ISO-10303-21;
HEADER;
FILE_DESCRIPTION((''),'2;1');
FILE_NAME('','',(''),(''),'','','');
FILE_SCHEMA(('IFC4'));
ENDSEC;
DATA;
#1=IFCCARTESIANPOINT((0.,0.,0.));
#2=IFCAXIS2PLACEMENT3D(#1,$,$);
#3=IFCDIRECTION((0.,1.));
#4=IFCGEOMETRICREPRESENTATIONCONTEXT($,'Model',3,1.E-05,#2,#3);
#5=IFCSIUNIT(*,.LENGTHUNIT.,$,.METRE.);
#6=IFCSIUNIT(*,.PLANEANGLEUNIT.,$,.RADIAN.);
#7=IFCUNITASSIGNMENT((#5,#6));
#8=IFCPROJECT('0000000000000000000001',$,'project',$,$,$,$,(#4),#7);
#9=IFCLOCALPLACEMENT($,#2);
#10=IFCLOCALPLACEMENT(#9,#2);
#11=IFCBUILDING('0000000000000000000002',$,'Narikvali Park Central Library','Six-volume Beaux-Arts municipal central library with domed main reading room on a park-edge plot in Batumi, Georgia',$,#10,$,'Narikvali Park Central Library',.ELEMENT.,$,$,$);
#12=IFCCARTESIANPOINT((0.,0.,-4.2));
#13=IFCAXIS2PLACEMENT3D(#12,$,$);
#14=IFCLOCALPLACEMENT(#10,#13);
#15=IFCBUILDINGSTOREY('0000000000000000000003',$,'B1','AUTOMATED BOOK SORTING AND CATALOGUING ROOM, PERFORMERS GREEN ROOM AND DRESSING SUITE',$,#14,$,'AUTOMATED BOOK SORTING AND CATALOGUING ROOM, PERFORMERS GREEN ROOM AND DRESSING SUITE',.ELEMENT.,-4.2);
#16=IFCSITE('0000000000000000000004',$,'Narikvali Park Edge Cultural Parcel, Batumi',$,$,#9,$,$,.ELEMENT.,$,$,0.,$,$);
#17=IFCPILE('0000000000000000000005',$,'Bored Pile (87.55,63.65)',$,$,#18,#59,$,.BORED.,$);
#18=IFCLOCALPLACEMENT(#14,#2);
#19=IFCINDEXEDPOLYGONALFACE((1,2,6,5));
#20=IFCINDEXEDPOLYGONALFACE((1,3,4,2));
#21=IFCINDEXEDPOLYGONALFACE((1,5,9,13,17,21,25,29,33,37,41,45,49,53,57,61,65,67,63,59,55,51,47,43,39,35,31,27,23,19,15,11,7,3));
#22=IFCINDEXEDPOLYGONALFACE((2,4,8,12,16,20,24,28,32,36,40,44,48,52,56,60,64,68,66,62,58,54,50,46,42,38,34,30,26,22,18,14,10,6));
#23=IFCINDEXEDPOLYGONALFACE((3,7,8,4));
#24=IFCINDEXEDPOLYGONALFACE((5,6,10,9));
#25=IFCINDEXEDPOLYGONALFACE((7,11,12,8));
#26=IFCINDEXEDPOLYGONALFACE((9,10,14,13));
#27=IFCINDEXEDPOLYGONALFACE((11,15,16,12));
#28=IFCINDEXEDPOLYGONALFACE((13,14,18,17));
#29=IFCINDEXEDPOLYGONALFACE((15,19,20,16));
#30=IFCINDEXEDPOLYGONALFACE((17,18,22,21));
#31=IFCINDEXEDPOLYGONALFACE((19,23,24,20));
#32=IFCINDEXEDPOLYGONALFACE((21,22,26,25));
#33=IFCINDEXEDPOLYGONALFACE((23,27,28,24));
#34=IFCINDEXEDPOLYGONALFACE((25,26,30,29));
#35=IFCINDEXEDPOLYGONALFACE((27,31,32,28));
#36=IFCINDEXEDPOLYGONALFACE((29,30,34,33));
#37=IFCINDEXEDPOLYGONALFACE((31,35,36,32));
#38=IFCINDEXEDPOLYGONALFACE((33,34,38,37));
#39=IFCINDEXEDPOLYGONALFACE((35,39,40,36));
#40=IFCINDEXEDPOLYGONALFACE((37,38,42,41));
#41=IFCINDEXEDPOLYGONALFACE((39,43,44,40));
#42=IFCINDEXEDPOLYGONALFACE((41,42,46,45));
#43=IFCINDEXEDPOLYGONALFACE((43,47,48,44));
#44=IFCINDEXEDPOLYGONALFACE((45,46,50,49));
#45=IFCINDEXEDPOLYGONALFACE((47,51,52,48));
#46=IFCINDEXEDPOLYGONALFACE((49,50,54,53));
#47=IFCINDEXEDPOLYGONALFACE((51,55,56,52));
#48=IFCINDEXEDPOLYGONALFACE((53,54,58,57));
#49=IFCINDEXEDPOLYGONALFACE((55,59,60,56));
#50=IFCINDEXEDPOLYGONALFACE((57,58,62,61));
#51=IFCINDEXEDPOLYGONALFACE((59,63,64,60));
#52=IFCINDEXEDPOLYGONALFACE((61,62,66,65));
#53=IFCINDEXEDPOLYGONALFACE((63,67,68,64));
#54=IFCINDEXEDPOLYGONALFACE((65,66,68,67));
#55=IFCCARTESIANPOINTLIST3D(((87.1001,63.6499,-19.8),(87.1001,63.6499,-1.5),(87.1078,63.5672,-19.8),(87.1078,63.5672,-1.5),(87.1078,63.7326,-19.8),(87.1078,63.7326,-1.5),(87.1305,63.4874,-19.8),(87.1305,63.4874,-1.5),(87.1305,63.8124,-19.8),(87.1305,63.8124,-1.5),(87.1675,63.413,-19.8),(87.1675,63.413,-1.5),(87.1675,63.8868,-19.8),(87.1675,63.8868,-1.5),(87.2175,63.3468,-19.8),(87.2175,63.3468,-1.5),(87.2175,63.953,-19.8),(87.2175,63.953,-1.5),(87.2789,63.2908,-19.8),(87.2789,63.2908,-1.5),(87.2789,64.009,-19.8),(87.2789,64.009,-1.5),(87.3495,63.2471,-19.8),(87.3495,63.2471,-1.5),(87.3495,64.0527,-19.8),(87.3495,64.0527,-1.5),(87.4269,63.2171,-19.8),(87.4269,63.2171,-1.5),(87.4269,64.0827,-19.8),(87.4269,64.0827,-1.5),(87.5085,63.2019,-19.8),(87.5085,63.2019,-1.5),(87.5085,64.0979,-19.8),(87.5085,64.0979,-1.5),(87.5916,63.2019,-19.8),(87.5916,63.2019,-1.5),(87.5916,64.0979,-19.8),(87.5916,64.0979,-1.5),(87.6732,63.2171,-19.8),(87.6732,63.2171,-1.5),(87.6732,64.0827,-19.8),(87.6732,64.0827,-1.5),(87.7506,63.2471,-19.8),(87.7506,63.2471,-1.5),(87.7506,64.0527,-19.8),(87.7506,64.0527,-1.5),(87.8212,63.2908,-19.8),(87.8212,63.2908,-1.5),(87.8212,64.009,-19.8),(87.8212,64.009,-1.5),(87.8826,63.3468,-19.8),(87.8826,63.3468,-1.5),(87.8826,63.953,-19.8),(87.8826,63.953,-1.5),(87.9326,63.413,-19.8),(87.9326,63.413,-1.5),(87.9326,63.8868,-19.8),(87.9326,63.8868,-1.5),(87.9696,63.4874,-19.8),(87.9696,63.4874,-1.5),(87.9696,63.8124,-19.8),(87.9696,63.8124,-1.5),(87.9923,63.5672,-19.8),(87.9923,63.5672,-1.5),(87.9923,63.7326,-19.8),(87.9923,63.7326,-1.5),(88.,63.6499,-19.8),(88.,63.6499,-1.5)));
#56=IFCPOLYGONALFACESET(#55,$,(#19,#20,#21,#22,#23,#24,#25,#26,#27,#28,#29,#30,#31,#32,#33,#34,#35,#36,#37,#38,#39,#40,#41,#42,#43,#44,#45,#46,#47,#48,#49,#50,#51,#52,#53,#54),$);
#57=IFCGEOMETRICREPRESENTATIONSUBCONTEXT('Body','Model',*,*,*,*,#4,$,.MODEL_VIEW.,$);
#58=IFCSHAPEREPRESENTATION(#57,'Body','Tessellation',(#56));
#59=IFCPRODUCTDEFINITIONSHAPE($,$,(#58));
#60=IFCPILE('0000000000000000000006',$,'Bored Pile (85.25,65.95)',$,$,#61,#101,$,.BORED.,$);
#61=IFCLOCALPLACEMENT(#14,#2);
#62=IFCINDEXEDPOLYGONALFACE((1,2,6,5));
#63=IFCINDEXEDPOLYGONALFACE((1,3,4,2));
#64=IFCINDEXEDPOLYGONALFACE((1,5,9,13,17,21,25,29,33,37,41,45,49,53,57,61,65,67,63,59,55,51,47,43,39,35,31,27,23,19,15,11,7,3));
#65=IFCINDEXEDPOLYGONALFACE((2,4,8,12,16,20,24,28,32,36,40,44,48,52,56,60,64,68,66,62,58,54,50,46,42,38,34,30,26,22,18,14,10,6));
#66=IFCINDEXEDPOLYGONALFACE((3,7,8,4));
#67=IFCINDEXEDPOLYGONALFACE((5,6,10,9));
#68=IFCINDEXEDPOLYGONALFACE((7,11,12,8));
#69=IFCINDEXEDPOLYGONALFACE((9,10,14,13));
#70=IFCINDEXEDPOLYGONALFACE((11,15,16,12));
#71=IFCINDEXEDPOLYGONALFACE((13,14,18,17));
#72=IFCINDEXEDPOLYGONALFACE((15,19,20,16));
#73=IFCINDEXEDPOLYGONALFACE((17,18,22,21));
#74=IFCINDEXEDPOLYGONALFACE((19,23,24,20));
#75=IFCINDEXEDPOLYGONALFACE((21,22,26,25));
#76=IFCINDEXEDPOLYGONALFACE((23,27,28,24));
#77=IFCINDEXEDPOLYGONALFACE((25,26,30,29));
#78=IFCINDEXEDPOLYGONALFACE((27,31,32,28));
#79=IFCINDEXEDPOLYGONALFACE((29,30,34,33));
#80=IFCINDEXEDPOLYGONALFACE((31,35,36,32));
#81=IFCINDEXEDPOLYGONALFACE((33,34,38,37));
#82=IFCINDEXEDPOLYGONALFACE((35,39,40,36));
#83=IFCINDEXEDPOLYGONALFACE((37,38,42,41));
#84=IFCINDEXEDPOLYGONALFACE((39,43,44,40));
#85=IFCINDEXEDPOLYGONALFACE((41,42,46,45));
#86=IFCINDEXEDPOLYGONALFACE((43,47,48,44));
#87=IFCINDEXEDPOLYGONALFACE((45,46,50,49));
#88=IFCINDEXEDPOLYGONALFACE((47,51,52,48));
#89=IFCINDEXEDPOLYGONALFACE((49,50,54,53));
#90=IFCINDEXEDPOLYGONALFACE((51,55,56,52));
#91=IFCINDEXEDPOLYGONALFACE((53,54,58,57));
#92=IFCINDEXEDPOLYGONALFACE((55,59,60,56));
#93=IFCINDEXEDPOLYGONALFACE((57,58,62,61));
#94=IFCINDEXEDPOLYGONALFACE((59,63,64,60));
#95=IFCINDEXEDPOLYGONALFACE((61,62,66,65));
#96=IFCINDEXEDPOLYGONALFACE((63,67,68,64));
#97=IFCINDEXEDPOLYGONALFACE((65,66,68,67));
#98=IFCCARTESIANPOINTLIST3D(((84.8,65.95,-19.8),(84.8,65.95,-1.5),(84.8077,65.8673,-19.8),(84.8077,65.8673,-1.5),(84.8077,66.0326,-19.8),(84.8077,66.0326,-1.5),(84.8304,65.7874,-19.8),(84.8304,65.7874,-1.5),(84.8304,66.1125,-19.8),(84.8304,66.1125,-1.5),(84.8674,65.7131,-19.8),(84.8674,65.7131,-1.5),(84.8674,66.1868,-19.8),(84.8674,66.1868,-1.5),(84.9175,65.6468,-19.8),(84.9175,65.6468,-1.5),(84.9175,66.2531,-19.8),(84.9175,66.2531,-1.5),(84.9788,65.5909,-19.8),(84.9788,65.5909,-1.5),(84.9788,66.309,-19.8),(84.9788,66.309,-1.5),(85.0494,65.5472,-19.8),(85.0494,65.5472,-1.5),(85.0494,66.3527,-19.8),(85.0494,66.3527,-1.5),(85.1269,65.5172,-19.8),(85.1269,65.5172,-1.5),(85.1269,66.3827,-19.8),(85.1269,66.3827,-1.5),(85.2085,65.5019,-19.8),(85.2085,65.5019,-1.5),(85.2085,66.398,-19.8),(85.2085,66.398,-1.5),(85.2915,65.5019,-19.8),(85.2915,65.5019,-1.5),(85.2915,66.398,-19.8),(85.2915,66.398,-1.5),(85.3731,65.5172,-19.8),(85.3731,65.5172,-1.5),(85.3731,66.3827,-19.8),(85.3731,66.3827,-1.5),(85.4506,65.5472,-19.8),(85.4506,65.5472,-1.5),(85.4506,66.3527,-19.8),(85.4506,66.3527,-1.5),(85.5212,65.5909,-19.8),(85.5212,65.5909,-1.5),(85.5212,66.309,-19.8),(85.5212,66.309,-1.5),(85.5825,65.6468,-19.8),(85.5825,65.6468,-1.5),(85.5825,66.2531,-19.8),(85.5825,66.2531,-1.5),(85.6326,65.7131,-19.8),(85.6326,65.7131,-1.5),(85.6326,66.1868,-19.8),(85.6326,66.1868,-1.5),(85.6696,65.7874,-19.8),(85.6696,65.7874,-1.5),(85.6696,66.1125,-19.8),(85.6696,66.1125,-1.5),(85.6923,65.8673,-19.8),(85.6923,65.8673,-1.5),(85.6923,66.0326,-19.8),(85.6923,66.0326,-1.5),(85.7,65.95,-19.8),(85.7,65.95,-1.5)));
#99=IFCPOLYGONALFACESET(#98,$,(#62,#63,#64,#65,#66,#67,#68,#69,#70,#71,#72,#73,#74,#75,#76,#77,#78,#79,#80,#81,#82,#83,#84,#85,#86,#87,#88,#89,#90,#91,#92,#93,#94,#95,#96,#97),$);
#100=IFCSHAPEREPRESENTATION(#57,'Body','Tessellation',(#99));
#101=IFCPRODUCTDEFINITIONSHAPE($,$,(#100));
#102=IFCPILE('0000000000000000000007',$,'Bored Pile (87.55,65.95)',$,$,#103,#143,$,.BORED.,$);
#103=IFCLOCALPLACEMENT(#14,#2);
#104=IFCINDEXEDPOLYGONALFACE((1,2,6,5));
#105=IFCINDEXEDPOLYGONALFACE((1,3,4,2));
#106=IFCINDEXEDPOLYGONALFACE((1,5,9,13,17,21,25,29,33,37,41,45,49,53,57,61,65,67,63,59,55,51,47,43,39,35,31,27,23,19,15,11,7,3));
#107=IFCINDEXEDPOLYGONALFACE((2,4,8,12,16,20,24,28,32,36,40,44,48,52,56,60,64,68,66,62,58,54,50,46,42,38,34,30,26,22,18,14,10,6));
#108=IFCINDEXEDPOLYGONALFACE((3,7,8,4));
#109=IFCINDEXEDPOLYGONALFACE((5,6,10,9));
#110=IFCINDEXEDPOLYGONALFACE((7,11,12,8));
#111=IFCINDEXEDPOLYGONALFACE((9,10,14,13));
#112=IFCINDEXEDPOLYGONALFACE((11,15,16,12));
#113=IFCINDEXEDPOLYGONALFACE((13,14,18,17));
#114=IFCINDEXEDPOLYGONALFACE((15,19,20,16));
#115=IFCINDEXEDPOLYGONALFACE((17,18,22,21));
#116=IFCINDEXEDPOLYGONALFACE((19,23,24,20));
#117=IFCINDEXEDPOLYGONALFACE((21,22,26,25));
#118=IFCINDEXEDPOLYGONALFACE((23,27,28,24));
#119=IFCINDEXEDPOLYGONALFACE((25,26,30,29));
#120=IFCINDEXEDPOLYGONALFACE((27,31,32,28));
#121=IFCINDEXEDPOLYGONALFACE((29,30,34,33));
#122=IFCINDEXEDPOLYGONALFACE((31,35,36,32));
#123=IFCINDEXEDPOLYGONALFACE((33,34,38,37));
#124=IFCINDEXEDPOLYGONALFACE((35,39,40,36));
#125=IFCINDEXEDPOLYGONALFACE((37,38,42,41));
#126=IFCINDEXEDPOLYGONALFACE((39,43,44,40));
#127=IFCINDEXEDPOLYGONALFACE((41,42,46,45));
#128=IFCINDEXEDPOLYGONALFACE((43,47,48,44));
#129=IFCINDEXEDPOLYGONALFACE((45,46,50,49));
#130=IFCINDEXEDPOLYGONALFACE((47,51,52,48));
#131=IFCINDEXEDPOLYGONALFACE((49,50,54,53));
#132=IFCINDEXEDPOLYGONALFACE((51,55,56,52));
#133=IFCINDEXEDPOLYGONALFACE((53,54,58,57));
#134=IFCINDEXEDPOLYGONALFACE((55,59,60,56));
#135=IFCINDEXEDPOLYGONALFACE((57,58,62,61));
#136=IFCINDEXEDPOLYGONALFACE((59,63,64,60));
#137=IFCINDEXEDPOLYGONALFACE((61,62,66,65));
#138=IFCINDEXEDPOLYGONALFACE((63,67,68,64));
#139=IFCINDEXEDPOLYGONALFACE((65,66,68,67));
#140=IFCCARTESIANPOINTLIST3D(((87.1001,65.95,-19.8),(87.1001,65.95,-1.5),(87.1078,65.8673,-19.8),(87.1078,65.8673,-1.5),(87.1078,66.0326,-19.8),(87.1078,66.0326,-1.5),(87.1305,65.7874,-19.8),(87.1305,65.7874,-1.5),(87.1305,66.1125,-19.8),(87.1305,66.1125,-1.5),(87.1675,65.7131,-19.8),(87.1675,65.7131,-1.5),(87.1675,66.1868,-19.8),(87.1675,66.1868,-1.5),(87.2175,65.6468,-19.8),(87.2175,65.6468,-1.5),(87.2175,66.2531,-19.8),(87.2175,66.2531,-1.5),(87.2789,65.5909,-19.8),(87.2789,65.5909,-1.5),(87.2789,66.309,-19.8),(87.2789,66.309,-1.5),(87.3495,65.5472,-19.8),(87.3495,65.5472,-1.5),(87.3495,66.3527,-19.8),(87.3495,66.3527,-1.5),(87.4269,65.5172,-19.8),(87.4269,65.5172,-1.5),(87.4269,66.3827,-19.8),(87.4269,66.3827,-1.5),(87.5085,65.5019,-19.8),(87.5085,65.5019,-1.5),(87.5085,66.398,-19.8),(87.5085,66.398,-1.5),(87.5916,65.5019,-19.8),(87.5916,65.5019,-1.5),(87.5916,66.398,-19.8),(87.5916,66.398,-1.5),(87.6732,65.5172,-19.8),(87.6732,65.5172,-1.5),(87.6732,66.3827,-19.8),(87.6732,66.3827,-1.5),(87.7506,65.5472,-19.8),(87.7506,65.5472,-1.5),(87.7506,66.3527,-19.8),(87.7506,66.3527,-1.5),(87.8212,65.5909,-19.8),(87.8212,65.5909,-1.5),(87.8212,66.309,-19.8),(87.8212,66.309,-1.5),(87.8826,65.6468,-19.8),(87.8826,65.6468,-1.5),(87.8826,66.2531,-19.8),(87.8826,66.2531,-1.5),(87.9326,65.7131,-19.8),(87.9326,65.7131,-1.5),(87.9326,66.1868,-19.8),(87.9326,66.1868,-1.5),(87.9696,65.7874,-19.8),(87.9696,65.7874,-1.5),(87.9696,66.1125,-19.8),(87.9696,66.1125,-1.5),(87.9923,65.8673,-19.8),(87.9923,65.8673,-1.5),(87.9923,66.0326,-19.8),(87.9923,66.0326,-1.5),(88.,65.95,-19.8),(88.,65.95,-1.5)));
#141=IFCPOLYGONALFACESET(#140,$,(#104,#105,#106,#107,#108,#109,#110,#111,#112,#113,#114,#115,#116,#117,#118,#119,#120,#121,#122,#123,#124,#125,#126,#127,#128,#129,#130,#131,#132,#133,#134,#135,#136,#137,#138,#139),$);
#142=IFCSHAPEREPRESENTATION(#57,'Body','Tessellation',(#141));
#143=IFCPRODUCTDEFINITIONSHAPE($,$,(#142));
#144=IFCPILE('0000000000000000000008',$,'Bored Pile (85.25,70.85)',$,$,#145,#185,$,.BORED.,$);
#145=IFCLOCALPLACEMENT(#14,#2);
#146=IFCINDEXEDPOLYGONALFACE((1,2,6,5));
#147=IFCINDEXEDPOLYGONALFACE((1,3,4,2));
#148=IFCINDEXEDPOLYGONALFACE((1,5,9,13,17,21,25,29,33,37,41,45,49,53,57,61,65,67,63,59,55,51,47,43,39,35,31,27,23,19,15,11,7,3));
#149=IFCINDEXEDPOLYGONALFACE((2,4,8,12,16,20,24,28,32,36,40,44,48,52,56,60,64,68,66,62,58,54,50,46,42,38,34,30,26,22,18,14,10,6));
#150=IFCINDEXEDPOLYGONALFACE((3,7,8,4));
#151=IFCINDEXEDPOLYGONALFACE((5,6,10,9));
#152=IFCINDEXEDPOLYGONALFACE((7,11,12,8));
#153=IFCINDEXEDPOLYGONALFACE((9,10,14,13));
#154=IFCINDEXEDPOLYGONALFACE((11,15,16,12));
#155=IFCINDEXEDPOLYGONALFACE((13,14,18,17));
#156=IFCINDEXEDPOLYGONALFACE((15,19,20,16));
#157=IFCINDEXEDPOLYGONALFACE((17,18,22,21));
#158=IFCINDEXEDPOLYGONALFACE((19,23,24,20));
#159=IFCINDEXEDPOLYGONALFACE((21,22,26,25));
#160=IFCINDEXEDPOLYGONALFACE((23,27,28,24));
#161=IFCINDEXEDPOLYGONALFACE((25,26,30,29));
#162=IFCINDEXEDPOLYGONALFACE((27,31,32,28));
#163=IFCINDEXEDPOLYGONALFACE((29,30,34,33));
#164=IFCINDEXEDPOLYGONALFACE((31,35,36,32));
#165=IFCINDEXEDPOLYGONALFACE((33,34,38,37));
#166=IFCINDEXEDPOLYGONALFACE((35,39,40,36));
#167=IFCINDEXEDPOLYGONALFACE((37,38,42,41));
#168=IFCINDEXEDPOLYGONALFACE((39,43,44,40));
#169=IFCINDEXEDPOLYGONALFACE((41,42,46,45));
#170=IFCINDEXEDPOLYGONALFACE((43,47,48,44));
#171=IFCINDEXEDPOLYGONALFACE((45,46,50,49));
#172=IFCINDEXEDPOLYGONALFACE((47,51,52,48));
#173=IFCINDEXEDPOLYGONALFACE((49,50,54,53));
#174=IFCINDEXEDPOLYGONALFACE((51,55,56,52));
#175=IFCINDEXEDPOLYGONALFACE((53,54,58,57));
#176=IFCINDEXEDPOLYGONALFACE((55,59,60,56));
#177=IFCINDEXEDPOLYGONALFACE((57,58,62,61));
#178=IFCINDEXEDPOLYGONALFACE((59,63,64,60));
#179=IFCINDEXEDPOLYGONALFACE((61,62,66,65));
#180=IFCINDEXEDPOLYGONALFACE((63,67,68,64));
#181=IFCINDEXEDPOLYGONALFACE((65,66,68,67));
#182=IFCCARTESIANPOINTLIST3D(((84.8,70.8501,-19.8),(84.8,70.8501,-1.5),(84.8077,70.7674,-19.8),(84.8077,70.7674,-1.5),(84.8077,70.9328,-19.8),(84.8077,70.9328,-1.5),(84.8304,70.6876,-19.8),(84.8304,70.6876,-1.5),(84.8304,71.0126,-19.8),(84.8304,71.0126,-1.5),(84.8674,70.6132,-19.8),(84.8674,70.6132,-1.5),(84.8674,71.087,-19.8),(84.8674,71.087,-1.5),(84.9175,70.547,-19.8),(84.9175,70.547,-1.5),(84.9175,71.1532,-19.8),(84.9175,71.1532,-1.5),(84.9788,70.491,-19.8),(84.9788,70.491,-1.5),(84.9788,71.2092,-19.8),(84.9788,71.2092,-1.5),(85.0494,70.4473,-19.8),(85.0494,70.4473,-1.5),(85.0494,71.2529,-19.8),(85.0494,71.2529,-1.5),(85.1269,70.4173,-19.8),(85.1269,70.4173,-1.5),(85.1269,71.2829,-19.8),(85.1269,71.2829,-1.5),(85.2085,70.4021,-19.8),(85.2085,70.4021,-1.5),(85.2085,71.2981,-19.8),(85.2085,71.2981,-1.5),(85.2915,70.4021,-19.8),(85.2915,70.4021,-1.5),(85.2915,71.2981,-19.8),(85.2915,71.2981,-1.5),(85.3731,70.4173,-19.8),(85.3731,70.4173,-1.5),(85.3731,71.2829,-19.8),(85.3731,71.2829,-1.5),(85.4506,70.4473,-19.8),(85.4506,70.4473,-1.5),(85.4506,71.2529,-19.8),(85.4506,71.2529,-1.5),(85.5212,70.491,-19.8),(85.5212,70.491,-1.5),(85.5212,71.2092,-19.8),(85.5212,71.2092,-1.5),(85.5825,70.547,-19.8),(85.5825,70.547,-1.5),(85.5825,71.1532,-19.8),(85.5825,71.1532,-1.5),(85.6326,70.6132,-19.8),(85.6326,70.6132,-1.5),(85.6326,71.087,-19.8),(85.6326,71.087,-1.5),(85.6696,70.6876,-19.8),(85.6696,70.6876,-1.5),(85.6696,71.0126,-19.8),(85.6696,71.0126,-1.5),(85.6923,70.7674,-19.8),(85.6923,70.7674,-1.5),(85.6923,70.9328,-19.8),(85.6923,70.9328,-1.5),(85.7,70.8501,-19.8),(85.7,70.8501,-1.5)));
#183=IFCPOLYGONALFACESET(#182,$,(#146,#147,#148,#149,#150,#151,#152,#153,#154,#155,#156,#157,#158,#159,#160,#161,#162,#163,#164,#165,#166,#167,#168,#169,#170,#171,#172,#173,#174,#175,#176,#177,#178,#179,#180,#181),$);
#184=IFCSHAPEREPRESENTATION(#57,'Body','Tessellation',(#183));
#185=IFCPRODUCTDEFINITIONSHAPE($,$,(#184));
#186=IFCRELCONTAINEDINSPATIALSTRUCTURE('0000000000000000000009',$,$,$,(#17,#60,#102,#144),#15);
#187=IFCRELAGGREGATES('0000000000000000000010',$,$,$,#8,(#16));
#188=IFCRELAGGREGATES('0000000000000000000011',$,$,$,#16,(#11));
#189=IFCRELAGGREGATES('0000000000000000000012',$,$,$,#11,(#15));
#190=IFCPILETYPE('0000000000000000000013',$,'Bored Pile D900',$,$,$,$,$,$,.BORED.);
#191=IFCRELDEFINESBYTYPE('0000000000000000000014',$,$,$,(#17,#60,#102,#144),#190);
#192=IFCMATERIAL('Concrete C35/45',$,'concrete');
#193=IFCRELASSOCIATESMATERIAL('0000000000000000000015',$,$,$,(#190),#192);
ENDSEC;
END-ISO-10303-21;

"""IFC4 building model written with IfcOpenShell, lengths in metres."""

from ifc_helpers import new_model, si_unit, direction, frame, origin, origin_2d, place, context, subcontext, project, spatial, circle, extrude, material, material_profile, profile_set, type_object, element, save


model = new_model("IFC4")

# Units and contexts
model_context = context("Model", 3, precision=1e-05, world=origin(), true_north=direction((0.0, 1.0)))
body_context = subcontext(model_context, "Body", "Model", "MODEL_VIEW")
ifc_project = project(units=[si_unit("LENGTHUNIT", "METRE"), si_unit("PLANEANGLEUNIT", "RADIAN")], contexts=[model_context])

# Site, building, storey
site_placement = place(None, origin())
site = spatial("IfcSite", under=ifc_project, at=site_placement, Name="Narikvali Park Edge Cultural Parcel, Batumi", CompositionType="ELEMENT", RefElevation=0.0)
building_placement = place(site_placement, origin())
building = spatial("IfcBuilding", under=site, at=building_placement, Name="Narikvali Park Central Library", Description="Six-volume Beaux-Arts municipal central library with domed main reading room on a park-edge plot in Batumi, Georgia", LongName="Narikvali Park Central Library", CompositionType="ELEMENT")
storey_placement = place(building_placement, frame((0.0, 0.0, -4.2)))
storey = spatial("IfcBuildingStorey", under=building, at=storey_placement, Name="B1", Description="AUTOMATED BOOK SORTING AND CATALOGUING ROOM, PERFORMERS GREEN ROOM AND DRESSING SUITE", LongName="AUTOMATED BOOK SORTING AND CATALOGUING ROOM, PERFORMERS GREEN ROOM AND DRESSING SUITE", CompositionType="ELEMENT", Elevation=-4.2)

# Piles
ifc_material_1 = material(Name="Concrete C35/45", Category="concrete")
ifc_material_profile_1 = material_profile(ifc_material_1, circle(Radius=0.45, at=origin_2d()), Name="PILE D900")
ifc_profile_set_1 = profile_set([ifc_material_profile_1], Name="Concrete C35/45")
pile_type = type_object("IfcPileType", Name="Bored Pile D900", PredefinedType="BORED", material=ifc_profile_set_1)
for number, where, z_axis, x_axis, name in (
    (1, (87.55, 63.6499, -1.5), (0.0, 0.0, -1.0), (1.0, 0.0, 0.0), "Bored Pile (87.55,63.65)"),
    (2, (85.25, 65.95, -1.5), (0.0, 0.0, -1.0), (1.0, 0.0, 0.0), "Bored Pile (85.25,65.95)"),
    (3, (87.55, 65.95, -1.5), (0.0, 0.0, -1.0), (1.0, 0.0, 0.0), "Bored Pile (87.55,65.95)"),
    (4, (85.25, 70.8501, -1.5), (0.0, 0.0, -1.0), (1.0, 0.0, 0.0), "Bored Pile (85.25,70.85)"),
):
    element("IfcPile", number, at=place(storey_placement, frame(where, z_axis=z_axis, x_axis=x_axis)), inside=storey, type_object=pile_type, Name=name, PredefinedType="BORED", context=body_context, shape_type="SweptSolid", body=[
        extrude(circle(Radius=0.45, at=origin_2d()), origin(), (0.0, 0.0, 1.0), 18.3),
    ])

save(model, "model.ifc")
